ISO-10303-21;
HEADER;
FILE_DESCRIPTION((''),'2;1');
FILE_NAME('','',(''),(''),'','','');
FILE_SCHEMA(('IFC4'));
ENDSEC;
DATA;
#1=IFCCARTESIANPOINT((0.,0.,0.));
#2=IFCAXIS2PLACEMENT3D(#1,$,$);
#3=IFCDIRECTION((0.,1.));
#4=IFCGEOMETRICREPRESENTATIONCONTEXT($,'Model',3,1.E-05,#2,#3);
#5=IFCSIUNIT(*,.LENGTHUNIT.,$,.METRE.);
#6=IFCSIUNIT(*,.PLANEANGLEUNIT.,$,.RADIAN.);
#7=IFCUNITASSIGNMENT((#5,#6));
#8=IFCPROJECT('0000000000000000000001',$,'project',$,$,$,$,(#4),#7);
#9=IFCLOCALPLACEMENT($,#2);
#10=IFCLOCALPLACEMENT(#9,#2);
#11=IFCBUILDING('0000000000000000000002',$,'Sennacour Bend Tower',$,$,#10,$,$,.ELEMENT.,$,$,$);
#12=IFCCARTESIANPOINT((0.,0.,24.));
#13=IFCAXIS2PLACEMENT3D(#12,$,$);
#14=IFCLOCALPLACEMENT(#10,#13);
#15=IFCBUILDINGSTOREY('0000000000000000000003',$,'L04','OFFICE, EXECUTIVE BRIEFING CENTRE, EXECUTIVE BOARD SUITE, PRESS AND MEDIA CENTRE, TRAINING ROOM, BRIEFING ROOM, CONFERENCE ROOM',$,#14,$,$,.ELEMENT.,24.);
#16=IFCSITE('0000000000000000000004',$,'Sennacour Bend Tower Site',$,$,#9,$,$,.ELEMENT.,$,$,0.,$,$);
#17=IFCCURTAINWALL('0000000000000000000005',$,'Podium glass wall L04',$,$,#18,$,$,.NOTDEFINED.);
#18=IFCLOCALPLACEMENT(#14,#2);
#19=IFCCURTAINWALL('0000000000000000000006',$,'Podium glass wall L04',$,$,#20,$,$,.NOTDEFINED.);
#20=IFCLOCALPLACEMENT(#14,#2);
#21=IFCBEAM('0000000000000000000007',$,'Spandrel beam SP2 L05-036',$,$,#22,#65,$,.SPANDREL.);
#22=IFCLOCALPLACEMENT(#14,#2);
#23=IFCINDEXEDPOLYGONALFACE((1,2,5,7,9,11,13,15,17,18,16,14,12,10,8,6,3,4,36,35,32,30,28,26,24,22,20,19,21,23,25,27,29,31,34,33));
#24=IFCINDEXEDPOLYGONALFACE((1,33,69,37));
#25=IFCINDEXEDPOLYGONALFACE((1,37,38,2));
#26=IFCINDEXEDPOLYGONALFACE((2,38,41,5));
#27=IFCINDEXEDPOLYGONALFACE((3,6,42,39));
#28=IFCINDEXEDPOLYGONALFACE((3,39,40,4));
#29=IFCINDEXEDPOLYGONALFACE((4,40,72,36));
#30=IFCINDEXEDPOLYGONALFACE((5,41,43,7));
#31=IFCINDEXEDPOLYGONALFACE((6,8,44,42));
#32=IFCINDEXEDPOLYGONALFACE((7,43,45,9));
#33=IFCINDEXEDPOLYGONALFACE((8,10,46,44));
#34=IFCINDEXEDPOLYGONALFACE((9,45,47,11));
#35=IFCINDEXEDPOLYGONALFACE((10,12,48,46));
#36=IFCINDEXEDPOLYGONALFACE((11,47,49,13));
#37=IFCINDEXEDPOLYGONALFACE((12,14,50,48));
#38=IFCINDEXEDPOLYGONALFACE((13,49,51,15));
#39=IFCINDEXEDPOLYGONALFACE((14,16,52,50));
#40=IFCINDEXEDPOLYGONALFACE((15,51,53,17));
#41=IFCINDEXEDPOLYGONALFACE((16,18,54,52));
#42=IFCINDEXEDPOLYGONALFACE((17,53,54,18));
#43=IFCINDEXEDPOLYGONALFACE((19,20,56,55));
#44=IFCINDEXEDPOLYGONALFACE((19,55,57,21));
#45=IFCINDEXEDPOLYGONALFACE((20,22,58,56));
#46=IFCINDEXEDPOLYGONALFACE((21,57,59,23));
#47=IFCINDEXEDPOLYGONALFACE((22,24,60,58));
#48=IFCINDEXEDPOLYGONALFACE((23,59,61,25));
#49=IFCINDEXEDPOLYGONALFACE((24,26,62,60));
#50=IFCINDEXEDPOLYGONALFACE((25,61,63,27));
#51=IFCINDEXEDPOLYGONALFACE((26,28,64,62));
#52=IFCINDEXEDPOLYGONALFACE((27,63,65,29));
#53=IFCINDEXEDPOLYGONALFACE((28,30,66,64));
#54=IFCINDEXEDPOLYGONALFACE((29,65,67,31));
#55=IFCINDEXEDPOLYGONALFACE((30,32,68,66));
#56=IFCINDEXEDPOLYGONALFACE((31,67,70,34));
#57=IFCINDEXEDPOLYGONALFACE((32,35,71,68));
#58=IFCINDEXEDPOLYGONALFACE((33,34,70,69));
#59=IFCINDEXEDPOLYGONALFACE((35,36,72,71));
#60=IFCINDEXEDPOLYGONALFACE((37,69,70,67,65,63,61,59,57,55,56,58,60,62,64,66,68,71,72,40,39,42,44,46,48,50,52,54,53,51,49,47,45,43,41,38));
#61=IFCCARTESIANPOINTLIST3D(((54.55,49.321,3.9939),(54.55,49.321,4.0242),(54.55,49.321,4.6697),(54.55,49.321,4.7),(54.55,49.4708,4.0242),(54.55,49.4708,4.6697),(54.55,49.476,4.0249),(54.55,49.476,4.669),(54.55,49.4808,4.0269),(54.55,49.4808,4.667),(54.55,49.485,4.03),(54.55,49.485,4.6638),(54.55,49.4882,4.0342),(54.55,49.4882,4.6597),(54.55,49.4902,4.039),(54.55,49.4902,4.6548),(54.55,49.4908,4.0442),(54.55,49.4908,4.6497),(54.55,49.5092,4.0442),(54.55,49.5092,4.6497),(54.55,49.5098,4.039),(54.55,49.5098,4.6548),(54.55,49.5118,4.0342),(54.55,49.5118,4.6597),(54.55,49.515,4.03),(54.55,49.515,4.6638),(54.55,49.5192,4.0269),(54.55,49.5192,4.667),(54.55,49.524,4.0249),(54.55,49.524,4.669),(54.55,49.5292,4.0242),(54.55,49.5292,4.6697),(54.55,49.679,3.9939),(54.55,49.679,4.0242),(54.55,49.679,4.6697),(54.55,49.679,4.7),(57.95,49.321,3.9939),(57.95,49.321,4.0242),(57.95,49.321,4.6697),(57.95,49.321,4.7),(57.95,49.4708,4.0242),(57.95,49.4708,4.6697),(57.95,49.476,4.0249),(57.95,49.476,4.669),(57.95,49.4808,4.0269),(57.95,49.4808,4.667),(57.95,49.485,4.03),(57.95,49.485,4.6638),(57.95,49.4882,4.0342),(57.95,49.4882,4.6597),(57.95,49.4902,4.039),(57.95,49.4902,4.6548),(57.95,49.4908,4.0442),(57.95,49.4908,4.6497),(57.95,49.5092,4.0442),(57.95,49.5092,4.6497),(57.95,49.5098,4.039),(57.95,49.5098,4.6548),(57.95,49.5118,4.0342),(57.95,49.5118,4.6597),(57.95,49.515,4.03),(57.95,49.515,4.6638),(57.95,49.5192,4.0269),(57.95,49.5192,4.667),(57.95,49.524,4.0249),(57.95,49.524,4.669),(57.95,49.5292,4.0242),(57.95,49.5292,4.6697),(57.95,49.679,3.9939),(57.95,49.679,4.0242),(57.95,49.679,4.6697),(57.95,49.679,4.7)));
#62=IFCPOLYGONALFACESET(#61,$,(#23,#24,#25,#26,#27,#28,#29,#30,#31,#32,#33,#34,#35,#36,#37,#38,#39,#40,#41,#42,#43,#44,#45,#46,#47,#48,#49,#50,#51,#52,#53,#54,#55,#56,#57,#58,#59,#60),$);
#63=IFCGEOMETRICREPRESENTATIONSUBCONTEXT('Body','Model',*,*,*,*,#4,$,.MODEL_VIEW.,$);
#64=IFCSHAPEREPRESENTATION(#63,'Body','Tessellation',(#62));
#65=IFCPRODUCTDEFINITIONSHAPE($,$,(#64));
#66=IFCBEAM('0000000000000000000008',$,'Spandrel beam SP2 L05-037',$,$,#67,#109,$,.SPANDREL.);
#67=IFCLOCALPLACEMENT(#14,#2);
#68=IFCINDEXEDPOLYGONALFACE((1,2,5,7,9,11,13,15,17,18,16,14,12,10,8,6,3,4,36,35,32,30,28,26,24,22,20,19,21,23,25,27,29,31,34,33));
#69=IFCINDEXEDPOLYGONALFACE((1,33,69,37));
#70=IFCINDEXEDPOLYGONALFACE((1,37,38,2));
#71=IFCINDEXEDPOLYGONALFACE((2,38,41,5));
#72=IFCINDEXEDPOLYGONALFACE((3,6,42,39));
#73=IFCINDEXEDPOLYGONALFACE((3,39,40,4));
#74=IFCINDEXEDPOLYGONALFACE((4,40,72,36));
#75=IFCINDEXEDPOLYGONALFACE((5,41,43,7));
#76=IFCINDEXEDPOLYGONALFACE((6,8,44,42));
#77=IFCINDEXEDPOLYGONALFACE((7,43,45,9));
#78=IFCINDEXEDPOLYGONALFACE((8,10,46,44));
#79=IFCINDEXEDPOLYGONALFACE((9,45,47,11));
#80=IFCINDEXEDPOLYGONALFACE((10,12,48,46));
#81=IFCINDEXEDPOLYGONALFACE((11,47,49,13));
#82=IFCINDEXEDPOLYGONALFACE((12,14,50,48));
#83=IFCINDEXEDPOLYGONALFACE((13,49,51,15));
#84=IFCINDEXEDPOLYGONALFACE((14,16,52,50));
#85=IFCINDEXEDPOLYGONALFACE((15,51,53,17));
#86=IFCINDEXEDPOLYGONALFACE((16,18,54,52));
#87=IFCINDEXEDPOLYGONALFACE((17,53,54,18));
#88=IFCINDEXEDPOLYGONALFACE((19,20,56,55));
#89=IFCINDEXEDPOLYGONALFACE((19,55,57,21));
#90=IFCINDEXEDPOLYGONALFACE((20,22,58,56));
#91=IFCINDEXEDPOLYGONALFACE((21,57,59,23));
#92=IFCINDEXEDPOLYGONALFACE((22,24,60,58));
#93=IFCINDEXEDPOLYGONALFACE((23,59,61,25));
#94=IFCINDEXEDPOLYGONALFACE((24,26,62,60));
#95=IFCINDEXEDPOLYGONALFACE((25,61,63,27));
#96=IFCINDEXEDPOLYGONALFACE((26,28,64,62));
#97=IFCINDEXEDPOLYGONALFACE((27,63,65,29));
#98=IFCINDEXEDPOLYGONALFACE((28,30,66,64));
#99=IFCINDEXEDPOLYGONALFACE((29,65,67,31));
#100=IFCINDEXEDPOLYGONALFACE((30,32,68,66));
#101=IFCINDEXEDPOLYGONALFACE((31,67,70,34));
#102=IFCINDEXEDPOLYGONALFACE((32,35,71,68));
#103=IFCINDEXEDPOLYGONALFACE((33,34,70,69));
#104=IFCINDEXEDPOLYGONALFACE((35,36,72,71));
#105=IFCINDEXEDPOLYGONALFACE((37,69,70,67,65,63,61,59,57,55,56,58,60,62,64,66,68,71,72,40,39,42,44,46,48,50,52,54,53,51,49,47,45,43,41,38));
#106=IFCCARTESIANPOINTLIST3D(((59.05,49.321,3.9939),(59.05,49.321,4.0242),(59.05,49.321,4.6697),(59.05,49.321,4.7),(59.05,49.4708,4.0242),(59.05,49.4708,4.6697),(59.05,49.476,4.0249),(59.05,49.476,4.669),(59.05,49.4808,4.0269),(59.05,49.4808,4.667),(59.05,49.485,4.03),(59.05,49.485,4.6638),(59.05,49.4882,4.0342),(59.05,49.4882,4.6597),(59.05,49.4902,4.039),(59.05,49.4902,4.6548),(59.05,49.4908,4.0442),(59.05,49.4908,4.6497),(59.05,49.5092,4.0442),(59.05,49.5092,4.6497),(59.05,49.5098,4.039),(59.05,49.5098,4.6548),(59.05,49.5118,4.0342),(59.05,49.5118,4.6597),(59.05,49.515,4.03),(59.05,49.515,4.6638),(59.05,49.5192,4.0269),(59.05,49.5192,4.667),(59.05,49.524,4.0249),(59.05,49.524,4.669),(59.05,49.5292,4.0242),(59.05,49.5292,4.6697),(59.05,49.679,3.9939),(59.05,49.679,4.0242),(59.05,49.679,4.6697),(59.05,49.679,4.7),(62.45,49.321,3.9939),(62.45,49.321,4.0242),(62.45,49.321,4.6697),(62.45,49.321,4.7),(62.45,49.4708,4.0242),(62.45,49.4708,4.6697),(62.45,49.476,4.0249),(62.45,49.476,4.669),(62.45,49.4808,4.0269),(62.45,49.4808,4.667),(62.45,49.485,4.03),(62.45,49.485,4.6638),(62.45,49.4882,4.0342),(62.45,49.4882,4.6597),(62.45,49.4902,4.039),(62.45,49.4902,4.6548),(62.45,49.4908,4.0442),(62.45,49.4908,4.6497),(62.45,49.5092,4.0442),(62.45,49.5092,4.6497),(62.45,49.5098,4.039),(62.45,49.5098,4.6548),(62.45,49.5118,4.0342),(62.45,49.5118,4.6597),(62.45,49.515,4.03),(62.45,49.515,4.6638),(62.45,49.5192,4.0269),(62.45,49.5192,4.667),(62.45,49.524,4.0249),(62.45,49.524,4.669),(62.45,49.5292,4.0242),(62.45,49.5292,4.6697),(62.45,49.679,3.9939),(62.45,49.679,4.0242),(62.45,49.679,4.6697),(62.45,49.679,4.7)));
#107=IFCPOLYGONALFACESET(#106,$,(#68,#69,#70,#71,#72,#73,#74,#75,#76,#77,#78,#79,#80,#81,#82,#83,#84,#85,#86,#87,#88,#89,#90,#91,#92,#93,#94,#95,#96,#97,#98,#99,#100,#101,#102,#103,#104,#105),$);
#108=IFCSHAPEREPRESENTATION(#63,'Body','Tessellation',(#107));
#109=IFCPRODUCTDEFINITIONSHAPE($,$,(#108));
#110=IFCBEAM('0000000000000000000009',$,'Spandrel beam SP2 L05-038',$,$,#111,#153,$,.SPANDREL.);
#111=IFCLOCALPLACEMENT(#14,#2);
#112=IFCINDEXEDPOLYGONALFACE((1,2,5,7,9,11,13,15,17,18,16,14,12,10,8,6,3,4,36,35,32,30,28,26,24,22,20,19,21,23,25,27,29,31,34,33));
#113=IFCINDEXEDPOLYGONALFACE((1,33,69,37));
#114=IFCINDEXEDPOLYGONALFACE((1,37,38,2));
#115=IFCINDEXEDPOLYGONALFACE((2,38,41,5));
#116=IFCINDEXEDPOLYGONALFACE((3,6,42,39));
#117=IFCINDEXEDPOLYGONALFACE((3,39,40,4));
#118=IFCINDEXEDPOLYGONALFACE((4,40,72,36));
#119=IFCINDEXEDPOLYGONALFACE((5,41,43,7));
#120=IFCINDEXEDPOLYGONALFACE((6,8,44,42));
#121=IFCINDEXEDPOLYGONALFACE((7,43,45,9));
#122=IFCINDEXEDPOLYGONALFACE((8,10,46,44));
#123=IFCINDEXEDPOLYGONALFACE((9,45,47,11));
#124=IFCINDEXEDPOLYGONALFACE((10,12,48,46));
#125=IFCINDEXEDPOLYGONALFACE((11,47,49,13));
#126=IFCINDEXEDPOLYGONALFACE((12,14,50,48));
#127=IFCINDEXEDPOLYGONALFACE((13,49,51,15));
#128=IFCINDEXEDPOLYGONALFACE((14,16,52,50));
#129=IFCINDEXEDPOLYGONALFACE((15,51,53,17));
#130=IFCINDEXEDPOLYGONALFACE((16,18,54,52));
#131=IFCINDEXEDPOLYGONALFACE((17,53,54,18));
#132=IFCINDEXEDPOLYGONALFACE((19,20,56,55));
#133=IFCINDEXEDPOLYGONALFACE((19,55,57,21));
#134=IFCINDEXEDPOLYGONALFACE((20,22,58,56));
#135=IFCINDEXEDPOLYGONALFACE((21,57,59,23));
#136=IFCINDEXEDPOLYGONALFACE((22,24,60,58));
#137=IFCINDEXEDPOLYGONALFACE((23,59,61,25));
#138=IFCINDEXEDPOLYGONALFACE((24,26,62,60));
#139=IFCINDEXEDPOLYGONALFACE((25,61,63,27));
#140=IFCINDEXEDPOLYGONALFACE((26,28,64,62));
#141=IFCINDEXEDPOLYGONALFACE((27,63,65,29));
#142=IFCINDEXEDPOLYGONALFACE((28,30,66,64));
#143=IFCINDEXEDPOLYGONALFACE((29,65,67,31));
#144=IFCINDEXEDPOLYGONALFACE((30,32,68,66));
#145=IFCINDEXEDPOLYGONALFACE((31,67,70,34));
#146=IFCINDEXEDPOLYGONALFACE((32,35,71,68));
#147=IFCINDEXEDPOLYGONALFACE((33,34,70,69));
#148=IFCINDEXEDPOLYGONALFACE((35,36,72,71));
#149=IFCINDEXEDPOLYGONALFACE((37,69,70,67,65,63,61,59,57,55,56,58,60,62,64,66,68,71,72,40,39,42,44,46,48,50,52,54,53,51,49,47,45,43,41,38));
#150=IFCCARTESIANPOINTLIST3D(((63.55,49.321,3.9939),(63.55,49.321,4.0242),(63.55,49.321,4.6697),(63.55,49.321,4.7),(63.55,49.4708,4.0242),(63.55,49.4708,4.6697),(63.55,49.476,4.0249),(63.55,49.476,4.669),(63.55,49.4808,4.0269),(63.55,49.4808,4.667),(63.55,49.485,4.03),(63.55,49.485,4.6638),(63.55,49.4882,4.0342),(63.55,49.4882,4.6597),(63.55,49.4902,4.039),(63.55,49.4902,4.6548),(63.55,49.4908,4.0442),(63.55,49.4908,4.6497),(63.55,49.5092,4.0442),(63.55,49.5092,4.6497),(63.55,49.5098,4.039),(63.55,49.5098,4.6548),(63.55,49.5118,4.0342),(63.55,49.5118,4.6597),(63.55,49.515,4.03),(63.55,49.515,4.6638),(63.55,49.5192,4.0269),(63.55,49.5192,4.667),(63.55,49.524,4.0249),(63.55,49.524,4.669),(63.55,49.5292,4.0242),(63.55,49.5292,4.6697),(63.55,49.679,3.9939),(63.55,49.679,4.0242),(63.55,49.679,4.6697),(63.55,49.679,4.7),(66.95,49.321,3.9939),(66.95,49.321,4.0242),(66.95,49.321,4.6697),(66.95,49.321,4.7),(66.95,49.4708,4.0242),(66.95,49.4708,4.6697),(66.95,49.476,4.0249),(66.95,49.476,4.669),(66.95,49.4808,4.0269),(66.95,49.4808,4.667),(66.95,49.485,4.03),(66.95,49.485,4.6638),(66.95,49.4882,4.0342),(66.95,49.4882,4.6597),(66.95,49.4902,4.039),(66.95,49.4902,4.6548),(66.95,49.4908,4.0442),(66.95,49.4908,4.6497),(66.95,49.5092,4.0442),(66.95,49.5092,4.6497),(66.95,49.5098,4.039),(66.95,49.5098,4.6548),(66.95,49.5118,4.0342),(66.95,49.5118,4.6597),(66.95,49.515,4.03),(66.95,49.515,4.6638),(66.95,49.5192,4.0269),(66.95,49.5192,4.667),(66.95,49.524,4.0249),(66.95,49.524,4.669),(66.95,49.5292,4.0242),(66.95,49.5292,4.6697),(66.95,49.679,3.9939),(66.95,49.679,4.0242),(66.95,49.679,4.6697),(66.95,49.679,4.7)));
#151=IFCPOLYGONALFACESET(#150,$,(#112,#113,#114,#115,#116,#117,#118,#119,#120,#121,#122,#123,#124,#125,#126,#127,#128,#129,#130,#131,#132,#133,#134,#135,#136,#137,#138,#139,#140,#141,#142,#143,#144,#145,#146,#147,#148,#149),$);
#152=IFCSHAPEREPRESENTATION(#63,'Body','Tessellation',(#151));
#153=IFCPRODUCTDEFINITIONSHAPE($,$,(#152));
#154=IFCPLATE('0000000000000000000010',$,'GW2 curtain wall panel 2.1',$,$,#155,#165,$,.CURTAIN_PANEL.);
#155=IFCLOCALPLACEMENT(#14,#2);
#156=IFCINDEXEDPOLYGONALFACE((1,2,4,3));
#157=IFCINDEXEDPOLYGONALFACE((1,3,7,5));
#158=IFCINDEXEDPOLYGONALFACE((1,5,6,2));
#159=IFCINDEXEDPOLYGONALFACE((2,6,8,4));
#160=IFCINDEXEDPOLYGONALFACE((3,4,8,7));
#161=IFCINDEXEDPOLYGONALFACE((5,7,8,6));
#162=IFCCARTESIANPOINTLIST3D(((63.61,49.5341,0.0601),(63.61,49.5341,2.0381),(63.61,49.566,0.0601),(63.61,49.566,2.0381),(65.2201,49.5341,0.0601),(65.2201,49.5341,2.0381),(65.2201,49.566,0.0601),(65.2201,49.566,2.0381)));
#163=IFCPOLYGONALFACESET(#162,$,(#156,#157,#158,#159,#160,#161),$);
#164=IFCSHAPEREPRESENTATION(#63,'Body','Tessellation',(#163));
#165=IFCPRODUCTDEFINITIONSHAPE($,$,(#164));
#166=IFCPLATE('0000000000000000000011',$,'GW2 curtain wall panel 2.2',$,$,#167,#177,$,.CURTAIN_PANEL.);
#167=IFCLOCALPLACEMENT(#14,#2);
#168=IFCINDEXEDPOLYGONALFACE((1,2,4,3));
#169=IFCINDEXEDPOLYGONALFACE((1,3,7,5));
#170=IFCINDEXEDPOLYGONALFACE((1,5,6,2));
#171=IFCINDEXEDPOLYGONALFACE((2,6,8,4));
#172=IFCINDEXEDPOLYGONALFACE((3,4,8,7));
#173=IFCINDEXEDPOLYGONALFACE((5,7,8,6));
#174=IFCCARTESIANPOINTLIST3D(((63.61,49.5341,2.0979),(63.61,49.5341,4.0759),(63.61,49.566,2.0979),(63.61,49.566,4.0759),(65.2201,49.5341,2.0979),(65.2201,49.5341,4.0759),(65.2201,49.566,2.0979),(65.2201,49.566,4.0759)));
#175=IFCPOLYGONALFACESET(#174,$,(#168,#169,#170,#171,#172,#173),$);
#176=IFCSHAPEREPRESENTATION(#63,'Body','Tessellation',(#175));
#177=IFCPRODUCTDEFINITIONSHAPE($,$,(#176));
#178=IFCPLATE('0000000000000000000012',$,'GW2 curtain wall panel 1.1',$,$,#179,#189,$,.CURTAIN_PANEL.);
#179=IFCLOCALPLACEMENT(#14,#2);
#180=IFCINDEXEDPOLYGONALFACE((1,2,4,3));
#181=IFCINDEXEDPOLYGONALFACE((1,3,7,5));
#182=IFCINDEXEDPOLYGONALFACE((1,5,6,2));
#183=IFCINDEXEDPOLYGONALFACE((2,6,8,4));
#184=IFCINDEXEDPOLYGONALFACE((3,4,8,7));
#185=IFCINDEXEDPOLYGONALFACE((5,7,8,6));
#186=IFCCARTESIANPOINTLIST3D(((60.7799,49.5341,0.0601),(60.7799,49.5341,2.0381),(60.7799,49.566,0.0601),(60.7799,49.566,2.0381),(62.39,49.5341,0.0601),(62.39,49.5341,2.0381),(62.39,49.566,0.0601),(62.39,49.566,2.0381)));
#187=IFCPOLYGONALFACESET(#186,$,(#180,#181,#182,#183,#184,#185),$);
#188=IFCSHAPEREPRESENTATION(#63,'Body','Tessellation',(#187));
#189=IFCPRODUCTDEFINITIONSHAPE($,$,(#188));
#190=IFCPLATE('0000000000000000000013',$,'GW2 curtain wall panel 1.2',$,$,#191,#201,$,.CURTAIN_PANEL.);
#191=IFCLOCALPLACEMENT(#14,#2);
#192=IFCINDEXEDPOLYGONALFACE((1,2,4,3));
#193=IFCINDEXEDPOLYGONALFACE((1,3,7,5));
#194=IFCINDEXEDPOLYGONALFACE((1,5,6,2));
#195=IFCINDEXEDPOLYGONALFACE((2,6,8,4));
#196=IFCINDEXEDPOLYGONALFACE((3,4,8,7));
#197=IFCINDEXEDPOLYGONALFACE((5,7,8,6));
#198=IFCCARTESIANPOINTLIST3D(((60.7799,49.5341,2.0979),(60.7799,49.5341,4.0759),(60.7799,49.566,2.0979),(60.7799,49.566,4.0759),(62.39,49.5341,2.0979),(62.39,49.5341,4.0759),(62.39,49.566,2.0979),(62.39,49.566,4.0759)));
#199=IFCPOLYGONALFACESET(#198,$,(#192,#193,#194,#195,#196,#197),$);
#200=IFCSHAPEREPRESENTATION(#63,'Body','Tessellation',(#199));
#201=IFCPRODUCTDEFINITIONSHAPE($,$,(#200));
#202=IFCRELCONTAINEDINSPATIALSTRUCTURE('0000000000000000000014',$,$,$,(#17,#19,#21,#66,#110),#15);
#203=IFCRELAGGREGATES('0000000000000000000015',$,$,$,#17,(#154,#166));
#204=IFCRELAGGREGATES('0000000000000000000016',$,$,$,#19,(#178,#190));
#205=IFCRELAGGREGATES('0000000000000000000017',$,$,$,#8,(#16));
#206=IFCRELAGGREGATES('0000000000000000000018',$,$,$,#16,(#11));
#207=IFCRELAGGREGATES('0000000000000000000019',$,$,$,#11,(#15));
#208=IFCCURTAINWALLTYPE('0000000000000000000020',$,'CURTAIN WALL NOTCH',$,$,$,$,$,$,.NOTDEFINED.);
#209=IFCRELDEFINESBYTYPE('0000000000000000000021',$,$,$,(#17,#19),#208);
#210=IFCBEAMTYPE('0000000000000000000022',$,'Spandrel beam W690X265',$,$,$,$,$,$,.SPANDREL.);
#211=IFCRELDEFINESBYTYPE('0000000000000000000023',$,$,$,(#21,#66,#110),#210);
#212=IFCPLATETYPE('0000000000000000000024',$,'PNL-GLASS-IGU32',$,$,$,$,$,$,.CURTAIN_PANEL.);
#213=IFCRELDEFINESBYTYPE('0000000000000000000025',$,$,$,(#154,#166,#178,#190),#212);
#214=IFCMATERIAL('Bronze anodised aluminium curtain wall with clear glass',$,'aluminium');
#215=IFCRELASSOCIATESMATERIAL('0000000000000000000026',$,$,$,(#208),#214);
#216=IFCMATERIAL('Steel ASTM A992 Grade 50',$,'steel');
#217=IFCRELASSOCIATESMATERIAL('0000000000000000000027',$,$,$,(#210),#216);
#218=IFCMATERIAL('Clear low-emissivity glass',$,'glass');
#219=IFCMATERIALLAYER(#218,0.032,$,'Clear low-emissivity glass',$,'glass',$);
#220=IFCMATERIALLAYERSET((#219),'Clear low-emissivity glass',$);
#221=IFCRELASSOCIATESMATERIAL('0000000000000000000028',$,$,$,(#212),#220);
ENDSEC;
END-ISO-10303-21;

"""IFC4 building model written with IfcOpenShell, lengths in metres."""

from ifc_helpers import new_model, si_unit, direction, frame, origin, origin_2d, place, context, subcontext, project, spatial, rectangle, i_section, extrude, material, layer, layer_set, material_profile, profile_set, type_object, element, aggregate, save


model = new_model("IFC4")

# Units and contexts
model_context = context("Model", 3, precision=1e-05, world=origin(), true_north=direction((0.0, 1.0)))
body_context = subcontext(model_context, "Body", "Model", "MODEL_VIEW")
ifc_project = project(units=[si_unit("LENGTHUNIT", "METRE"), si_unit("PLANEANGLEUNIT", "RADIAN")], contexts=[model_context])

# Site, building, storey
site_placement = place(None, origin())
site = spatial("IfcSite", under=ifc_project, at=site_placement, Name="Sennacour Bend Tower Site", CompositionType="ELEMENT", RefElevation=0.0)
building_placement = place(site_placement, origin())
building = spatial("IfcBuilding", under=site, at=building_placement, Name="Sennacour Bend Tower", CompositionType="ELEMENT")
storey_placement = place(building_placement, frame((0.0, 0.0, 24.0)))
storey = spatial("IfcBuildingStorey", under=building, at=storey_placement, Name="L04", Description="OFFICE, EXECUTIVE BRIEFING CENTRE, EXECUTIVE BOARD SUITE, PRESS AND MEDIA CENTRE, TRAINING ROOM, BRIEFING ROOM, CONFERENCE ROOM", CompositionType="ELEMENT", Elevation=24.0)

# Curtain wall
ifc_material_1 = material(Name="Bronze anodised aluminium curtain wall with clear glass", Category="aluminium")
curtain_wall_type = type_object("IfcCurtainWallType", Name="CURTAIN WALL NOTCH", PredefinedType="NOTDEFINED", material=ifc_material_1)
curtain_wall_1_placement = place(storey_placement, origin())
curtain_wall_1 = element("IfcCurtainWall", 1, at=curtain_wall_1_placement, inside=storey, type_object=curtain_wall_type, Name="Podium glass wall L04", PredefinedType="NOTDEFINED")

# Curtain wall
curtain_wall_2_placement = place(storey_placement, origin())
curtain_wall_2 = element("IfcCurtainWall", 2, at=curtain_wall_2_placement, inside=storey, type_object=curtain_wall_type, Name="Podium glass wall L04", PredefinedType="NOTDEFINED")

# Beams
ifc_material_2 = material(Name="Steel ASTM A992 Grade 50", Category="steel")
ifc_material_profile_1 = material_profile(ifc_material_2, i_section(OverallWidth=0.3579, OverallDepth=0.7061, WebThickness=0.0183, FlangeThickness=0.0303, FilletRadius=0.02, at=origin_2d()), Name="Steel ASTM A992 Grade 50", Category="steel")
ifc_profile_set_1 = profile_set([ifc_material_profile_1], Name="Steel ASTM A992 Grade 50")
beam_type = type_object("IfcBeamType", Name="Spandrel beam W690X265", PredefinedType="SPANDREL", material=ifc_profile_set_1)
for number, where, z_axis, x_axis, name in (
    (3, (54.55, 49.5, 4.3469), (1.0, 0.0, 0.0), (0.0, 1.0, 0.0), "Spandrel beam SP2 L05-036"),
    (4, (59.05, 49.5, 4.3469), (1.0, 0.0, 0.0), (0.0, 1.0, 0.0), "Spandrel beam SP2 L05-037"),
    (5, (63.55, 49.5, 4.3469), (1.0, 0.0, 0.0), (0.0, 1.0, 0.0), "Spandrel beam SP2 L05-038"),
):
    element("IfcBeam", number, at=place(storey_placement, frame(where, z_axis=z_axis, x_axis=x_axis)), inside=storey, type_object=beam_type, Name=name, PredefinedType="SPANDREL", context=body_context, shape_type="SweptSolid", body=[
        extrude(i_section(OverallWidth=0.3579, OverallDepth=0.7061, WebThickness=0.0183, FlangeThickness=0.0303, FilletRadius=0.02, at=origin_2d()), origin(), (0.0, 0.0, 1.0), 3.3999),
    ])

# Plates
ifc_material_3 = material(Name="Clear low-emissivity glass", Category="glass")
ifc_layer = layer(ifc_material_3, 0.032, Name="Clear low-emissivity glass", Category="glass")
ifc_layer_set = layer_set([ifc_layer], Name="Clear low-emissivity glass")
plate_type = type_object("IfcPlateType", Name="PNL-GLASS-IGU32", PredefinedType="CURTAIN_PANEL", material=ifc_layer_set)
plate_1_placement = place(storey_placement, frame((64.415, 49.55, 0.0601), z_axis=(0.0, 0.0, 1.0), x_axis=(-1.0, 0.0, 0.0)))
plate_1 = element("IfcPlate", 6, at=plate_1_placement, type_object=plate_type, Name="GW2 curtain wall panel 2.1", PredefinedType="CURTAIN_PANEL", context=body_context, shape_type="SweptSolid", body=[
    extrude(rectangle(XDim=1.6101, YDim=0.032, at=origin_2d()), origin(), (0.0, 0.0, 1.0), 1.978),
])
plate_2_placement = place(storey_placement, frame((64.415, 49.55, 2.0979), z_axis=(0.0, 0.0, 1.0), x_axis=(-1.0, 0.0, 0.0)))
plate_2 = element("IfcPlate", 7, at=plate_2_placement, type_object=plate_type, Name="GW2 curtain wall panel 2.2", PredefinedType="CURTAIN_PANEL", context=body_context, shape_type="SweptSolid", body=[
    extrude(rectangle(XDim=1.6101, YDim=0.032, at=origin_2d()), origin(), (0.0, 0.0, 1.0), 1.978),
])
aggregate(curtain_wall_1, [plate_1, plate_2])
plate_3_placement = place(storey_placement, frame((61.585, 49.55, 0.0601), z_axis=(0.0, 0.0, 1.0), x_axis=(-1.0, 0.0, 0.0)))
plate_3 = element("IfcPlate", 8, at=plate_3_placement, type_object=plate_type, Name="GW2 curtain wall panel 1.1", PredefinedType="CURTAIN_PANEL", context=body_context, shape_type="SweptSolid", body=[
    extrude(rectangle(XDim=1.6101, YDim=0.032, at=origin_2d()), origin(), (0.0, 0.0, 1.0), 1.978),
])
plate_4_placement = place(storey_placement, frame((61.585, 49.55, 2.0979), z_axis=(0.0, 0.0, 1.0), x_axis=(-1.0, 0.0, 0.0)))
plate_4 = element("IfcPlate", 9, at=plate_4_placement, type_object=plate_type, Name="GW2 curtain wall panel 1.2", PredefinedType="CURTAIN_PANEL", context=body_context, shape_type="SweptSolid", body=[
    extrude(rectangle(XDim=1.6101, YDim=0.032, at=origin_2d()), origin(), (0.0, 0.0, 1.0), 1.978),
])
aggregate(curtain_wall_2, [plate_3, plate_4])

save(model, "model.ifc")
